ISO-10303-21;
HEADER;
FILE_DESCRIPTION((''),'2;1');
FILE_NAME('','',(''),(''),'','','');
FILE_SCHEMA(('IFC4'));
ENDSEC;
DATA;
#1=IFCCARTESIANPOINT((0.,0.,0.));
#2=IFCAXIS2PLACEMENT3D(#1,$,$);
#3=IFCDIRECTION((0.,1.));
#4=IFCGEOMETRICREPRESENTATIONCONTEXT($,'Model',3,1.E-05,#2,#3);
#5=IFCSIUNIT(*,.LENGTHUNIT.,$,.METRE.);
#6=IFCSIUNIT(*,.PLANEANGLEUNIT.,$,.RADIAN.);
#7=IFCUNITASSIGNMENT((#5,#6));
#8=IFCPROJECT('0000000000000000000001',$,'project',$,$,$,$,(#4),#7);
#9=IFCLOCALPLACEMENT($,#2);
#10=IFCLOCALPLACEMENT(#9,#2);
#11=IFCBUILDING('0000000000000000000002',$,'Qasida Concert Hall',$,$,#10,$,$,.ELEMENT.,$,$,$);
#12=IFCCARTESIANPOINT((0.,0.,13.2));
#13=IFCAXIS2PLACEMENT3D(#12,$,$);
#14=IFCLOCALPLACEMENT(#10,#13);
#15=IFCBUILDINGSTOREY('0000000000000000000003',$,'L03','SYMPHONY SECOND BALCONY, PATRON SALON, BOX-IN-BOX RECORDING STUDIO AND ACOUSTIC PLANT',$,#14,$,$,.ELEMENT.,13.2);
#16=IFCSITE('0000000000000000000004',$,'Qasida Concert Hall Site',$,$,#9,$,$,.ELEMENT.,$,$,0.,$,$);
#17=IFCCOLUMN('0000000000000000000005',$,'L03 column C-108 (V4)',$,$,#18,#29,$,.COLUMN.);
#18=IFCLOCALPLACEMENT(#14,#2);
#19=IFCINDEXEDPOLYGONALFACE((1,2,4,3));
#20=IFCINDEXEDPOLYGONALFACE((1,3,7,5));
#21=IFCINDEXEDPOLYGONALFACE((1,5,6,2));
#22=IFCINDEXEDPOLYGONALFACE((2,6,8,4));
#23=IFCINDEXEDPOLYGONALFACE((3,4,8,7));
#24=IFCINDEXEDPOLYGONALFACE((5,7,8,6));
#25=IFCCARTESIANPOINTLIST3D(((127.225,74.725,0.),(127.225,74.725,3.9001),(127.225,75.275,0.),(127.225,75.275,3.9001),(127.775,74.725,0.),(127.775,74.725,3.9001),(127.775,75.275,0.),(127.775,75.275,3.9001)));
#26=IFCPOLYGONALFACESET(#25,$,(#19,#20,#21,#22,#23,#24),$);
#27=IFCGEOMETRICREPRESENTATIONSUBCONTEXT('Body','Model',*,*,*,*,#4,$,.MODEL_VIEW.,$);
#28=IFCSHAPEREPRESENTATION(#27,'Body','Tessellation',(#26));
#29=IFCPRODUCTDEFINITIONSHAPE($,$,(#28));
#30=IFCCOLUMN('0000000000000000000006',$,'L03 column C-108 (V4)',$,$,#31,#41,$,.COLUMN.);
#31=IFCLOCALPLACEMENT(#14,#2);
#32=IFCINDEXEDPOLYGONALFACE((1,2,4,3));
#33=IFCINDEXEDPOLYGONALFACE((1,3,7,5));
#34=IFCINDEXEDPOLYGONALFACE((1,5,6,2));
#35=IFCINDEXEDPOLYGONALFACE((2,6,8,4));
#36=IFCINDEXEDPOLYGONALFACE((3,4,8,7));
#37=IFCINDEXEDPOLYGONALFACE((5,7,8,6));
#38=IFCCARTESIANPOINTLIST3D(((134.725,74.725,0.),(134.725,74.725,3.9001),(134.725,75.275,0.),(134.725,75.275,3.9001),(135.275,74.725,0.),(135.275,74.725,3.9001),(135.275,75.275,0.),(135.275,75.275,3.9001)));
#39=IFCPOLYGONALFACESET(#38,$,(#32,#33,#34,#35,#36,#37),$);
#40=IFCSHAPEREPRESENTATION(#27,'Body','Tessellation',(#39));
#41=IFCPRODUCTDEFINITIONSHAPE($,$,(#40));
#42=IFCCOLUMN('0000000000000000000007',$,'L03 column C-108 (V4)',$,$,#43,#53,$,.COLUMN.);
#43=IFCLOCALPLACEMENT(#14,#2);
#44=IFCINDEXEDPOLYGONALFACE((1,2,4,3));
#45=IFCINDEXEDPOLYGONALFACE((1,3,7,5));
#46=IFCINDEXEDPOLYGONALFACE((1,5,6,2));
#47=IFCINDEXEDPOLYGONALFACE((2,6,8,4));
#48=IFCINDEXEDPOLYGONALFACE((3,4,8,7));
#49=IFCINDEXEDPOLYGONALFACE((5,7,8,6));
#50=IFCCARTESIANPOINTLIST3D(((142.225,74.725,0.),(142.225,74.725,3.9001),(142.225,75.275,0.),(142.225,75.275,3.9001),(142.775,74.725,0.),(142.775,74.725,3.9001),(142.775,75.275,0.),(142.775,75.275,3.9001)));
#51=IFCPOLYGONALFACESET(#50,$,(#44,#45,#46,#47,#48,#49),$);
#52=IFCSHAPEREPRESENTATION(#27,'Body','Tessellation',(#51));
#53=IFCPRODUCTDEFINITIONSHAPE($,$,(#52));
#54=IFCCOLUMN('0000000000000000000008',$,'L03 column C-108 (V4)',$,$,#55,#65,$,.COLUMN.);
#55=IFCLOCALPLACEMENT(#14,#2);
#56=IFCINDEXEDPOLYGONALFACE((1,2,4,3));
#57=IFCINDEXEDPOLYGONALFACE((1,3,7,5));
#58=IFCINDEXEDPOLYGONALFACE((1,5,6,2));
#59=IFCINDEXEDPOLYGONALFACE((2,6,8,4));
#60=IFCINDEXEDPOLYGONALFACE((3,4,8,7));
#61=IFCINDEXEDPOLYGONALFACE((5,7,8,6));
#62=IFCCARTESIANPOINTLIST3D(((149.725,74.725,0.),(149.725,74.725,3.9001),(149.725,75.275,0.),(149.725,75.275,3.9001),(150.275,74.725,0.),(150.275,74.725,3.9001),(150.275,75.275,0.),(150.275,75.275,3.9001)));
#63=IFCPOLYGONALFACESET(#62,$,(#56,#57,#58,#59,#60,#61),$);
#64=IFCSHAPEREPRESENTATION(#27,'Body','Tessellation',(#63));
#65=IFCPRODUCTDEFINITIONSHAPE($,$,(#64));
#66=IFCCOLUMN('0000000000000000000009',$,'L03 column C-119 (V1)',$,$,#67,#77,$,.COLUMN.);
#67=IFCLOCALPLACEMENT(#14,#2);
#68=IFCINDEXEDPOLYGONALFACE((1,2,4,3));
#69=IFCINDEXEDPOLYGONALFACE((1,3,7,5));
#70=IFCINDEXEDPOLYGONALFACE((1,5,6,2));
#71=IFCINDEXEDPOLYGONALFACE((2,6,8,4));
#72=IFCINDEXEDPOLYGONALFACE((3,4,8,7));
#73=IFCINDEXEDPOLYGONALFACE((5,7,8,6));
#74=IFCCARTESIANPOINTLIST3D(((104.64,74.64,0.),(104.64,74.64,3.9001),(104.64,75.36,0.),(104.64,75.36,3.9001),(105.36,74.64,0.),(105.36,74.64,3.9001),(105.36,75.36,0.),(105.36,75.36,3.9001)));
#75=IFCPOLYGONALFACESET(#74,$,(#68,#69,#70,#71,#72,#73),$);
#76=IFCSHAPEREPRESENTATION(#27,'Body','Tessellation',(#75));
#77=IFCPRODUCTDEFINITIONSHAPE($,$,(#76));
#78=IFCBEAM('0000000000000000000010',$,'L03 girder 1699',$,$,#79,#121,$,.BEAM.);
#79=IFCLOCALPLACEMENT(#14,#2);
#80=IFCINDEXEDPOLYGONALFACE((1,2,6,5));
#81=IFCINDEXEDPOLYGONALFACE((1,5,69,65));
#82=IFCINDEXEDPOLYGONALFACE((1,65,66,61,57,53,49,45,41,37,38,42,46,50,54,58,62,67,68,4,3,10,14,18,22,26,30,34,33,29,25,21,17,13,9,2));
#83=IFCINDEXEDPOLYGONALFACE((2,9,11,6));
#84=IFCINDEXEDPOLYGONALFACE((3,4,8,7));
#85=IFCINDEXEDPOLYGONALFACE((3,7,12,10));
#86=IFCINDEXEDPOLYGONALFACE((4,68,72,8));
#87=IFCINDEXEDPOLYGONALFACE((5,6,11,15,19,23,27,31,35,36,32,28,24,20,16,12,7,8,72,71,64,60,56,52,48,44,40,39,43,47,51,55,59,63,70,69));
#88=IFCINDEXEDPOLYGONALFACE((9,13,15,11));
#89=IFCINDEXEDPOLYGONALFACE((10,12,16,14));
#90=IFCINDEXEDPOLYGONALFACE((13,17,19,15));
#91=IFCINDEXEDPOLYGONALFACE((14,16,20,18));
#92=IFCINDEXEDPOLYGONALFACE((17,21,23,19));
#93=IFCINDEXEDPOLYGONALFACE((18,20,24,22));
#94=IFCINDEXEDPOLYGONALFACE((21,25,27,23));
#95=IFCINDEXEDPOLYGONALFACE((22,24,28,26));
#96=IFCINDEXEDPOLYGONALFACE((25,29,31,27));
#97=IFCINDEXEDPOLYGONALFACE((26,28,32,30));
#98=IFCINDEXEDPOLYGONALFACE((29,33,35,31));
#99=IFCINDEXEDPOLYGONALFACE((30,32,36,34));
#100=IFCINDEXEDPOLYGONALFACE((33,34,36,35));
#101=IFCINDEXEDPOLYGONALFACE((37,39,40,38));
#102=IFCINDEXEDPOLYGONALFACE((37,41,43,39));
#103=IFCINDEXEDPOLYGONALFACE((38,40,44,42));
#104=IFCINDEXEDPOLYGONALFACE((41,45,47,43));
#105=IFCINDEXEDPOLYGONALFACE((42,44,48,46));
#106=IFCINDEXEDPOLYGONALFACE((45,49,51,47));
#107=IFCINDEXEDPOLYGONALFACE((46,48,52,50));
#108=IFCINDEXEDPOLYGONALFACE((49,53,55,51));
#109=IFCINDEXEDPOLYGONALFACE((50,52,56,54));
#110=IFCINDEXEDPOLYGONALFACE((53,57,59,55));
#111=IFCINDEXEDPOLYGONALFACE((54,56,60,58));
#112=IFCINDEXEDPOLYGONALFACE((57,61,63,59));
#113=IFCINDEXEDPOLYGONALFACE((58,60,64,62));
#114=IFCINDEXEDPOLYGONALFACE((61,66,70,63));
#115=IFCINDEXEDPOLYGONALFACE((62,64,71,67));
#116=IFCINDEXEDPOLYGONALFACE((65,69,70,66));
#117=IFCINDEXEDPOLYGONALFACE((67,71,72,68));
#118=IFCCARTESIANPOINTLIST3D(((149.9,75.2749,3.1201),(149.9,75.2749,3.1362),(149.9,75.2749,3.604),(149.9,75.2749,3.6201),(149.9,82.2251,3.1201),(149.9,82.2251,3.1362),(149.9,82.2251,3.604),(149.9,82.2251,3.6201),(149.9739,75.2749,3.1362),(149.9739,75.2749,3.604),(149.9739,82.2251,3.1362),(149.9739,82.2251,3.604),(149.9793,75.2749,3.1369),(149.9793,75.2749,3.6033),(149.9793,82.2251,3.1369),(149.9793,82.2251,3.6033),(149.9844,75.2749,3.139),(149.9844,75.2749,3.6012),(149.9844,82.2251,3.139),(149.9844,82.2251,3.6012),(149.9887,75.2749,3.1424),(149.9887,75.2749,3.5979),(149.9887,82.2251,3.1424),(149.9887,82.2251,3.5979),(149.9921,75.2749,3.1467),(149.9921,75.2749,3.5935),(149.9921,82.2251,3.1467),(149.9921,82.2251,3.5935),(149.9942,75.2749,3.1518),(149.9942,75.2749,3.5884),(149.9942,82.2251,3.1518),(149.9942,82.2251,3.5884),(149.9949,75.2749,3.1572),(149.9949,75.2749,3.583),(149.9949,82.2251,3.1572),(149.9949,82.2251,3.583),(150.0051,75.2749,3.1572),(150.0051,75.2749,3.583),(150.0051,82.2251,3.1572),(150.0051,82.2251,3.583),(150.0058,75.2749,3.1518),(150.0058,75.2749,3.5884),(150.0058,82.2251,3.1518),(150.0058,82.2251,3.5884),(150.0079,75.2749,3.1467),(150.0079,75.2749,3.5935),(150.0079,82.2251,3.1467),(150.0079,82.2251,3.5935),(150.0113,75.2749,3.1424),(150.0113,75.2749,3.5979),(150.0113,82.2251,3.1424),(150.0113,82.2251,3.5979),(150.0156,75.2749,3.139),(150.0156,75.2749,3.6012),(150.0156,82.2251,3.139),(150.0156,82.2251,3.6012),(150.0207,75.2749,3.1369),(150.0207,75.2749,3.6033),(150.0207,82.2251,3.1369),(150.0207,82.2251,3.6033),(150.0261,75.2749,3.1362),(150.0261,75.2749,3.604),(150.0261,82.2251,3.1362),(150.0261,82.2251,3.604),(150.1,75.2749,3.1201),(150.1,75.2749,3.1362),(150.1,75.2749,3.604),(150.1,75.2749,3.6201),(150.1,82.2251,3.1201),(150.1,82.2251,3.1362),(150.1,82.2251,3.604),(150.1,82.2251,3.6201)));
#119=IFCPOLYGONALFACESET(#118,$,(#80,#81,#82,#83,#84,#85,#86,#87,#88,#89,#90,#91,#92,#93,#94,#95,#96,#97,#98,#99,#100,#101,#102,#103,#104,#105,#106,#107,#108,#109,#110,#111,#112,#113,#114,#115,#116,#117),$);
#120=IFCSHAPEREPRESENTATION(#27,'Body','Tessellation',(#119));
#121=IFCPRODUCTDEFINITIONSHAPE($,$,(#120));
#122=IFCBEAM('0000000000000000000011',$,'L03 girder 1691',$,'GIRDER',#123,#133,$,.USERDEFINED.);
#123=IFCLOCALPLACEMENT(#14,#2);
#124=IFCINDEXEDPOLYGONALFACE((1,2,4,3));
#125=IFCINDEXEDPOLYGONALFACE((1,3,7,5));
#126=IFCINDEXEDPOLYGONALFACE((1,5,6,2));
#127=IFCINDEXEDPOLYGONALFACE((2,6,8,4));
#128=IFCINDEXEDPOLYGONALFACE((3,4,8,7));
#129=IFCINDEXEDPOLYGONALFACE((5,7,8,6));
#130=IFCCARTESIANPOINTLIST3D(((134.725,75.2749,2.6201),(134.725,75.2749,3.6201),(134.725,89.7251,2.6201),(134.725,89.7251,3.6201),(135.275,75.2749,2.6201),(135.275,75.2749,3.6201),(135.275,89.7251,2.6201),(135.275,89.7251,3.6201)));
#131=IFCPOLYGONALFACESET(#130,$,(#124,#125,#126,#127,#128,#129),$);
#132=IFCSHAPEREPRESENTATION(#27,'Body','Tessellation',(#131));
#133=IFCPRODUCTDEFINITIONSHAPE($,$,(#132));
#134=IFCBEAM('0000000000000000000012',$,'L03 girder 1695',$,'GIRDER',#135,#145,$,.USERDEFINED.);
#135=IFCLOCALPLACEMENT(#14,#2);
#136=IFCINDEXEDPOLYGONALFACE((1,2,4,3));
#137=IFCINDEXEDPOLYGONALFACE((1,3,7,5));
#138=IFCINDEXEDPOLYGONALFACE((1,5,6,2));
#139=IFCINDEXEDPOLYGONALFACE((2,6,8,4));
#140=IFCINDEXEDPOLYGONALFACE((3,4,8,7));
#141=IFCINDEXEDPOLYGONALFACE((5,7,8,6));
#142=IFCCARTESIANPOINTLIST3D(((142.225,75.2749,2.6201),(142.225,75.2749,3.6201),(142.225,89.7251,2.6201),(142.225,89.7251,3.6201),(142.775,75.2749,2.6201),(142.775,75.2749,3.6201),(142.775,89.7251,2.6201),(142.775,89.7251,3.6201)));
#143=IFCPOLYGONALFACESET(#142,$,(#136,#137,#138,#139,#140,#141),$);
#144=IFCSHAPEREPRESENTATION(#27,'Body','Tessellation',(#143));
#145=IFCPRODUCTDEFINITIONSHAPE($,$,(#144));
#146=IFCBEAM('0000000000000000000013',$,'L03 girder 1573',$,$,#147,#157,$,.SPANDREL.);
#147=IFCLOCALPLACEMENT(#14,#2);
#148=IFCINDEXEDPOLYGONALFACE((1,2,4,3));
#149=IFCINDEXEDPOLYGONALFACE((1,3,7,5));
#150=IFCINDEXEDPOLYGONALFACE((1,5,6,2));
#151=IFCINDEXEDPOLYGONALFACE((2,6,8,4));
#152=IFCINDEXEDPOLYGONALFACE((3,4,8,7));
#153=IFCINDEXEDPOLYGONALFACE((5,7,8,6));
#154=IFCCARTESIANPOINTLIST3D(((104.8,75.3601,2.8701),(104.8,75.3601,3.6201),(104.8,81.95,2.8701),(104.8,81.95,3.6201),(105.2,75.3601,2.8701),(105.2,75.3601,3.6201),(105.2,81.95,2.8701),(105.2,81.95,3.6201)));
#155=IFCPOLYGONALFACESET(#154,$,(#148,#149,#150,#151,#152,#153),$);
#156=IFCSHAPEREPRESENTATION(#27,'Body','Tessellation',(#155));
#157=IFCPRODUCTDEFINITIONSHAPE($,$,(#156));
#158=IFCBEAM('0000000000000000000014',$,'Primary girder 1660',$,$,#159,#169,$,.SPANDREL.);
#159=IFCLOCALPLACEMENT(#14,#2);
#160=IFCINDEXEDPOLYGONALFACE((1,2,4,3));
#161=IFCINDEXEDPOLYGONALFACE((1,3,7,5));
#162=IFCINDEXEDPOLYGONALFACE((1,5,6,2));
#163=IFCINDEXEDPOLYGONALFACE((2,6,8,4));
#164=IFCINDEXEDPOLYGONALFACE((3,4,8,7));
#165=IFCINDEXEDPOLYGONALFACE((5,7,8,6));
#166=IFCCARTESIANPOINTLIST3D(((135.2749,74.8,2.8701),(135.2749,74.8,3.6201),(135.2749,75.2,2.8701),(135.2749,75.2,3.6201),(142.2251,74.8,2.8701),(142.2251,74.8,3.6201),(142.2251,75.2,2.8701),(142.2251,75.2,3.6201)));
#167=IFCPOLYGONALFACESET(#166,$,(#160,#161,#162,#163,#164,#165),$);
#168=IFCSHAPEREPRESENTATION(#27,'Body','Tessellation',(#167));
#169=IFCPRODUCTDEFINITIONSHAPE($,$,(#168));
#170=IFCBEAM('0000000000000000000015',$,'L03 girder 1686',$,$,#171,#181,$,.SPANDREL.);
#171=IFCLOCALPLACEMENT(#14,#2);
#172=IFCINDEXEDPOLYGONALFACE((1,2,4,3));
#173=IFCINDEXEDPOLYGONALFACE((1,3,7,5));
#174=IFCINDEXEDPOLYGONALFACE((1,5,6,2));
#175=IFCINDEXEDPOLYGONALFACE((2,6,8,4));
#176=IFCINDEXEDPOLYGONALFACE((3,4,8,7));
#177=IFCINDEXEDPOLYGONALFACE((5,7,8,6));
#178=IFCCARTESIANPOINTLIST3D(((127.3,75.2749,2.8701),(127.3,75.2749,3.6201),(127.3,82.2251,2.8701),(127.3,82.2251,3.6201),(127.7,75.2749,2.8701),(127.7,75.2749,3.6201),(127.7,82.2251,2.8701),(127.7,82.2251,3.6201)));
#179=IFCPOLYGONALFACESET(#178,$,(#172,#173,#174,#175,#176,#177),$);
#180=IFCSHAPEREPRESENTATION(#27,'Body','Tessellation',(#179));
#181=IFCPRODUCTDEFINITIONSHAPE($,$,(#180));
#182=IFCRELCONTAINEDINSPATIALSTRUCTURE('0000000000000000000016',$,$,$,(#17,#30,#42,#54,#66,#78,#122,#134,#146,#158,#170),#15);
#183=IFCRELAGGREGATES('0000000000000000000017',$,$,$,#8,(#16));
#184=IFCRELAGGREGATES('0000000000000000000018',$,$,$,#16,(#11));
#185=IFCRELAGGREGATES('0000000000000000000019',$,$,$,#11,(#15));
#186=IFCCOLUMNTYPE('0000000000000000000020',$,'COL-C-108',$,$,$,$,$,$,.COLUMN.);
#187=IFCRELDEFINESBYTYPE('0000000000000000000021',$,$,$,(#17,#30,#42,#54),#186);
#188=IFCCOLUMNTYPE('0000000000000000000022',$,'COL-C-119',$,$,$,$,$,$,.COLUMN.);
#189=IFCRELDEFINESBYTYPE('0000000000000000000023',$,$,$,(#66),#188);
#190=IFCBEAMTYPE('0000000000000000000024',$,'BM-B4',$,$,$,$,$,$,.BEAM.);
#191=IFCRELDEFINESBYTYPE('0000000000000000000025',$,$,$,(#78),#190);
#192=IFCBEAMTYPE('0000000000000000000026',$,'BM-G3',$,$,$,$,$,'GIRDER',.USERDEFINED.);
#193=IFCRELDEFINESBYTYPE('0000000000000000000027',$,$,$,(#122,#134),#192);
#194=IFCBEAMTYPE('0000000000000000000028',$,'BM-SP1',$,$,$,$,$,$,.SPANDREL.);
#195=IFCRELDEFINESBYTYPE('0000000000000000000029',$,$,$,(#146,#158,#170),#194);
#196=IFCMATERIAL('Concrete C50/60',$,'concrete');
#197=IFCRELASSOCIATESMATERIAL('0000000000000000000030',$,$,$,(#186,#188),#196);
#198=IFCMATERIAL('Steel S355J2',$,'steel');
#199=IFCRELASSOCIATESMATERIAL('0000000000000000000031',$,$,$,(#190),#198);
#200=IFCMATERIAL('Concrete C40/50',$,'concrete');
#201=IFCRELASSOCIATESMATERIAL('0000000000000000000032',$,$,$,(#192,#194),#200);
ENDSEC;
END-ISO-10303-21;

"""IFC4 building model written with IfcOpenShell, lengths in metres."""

from ifc_helpers import new_model, si_unit, direction, frame, origin, origin_2d, place, context, subcontext, project, spatial, rectangle, i_section, extrude, material, material_profile, profile_set, type_object, element, save


model = new_model("IFC4")

# Units and contexts
model_context = context("Model", 3, precision=1e-05, world=origin(), true_north=direction((0.0, 1.0)))
body_context = subcontext(model_context, "Body", "Model", "MODEL_VIEW")
ifc_project = project(units=[si_unit("LENGTHUNIT", "METRE"), si_unit("PLANEANGLEUNIT", "RADIAN")], contexts=[model_context])

# Site, building, storey
site_placement = place(None, origin())
site = spatial("IfcSite", under=ifc_project, at=site_placement, Name="Qasida Concert Hall Site", CompositionType="ELEMENT", RefElevation=0.0)
building_placement = place(site_placement, origin())
building = spatial("IfcBuilding", under=site, at=building_placement, Name="Qasida Concert Hall", CompositionType="ELEMENT")
storey_placement = place(building_placement, frame((0.0, 0.0, 13.2)))
storey = spatial("IfcBuildingStorey", under=building, at=storey_placement, Name="L03", Description="SYMPHONY SECOND BALCONY, PATRON SALON, BOX-IN-BOX RECORDING STUDIO AND ACOUSTIC PLANT", CompositionType="ELEMENT", Elevation=13.2)

# Columns
ifc_material_1 = material(Name="Concrete C50/60", Category="concrete")
ifc_material_profile_1 = material_profile(ifc_material_1, rectangle(XDim=0.55, YDim=0.55, at=origin_2d()), Name="RC 550x550")
ifc_profile_set_1 = profile_set([ifc_material_profile_1], Name="Concrete C50/60")
column_type_1 = type_object("IfcColumnType", Name="COL-C-108", PredefinedType="COLUMN", material=ifc_profile_set_1)
for number, where, z_axis, x_axis, name in (
    (1, (127.5, 75.0, 0.0), (0.0, 0.0, 1.0), (1.0, 0.0, 0.0), "L03 column C-108 (V4)"),
    (2, (135.0, 75.0, 0.0), (0.0, 0.0, 1.0), (1.0, 0.0, 0.0), "L03 column C-108 (V4)"),
    (3, (142.5, 75.0, 0.0), (0.0, 0.0, 1.0), (1.0, 0.0, 0.0), "L03 column C-108 (V4)"),
    (4, (150.0, 75.0, 0.0), (0.0, 0.0, 1.0), (1.0, 0.0, 0.0), "L03 column C-108 (V4)"),
):
    element("IfcColumn", number, at=place(storey_placement, frame(where, z_axis=z_axis, x_axis=x_axis)), inside=storey, type_object=column_type_1, Name=name, PredefinedType="COLUMN", context=body_context, shape_type="SweptSolid", body=[
        extrude(rectangle(XDim=0.55, YDim=0.55, at=origin_2d()), origin(), (0.0, 0.0, 1.0), 3.9001),
    ])
ifc_material_profile_2 = material_profile(ifc_material_1, rectangle(XDim=0.72, YDim=0.72, at=origin_2d()), Name="RC 720x720")
ifc_profile_set_2 = profile_set([ifc_material_profile_2], Name="Concrete C50/60")
column_type_2 = type_object("IfcColumnType", Name="COL-C-119", PredefinedType="COLUMN", material=ifc_profile_set_2)
column_placement = place(storey_placement, frame((105.0, 75.0, 0.0), z_axis=(0.0, 0.0, 1.0), x_axis=(1.0, 0.0, 0.0)))
element("IfcColumn", 5, at=column_placement, inside=storey, type_object=column_type_2, Name="L03 column C-119 (V1)", PredefinedType="COLUMN", context=body_context, shape_type="SweptSolid", body=[
    extrude(rectangle(XDim=0.72, YDim=0.72, at=origin_2d()), origin(), (0.0, 0.0, 1.0), 3.9001),
])

# Beams
ifc_material_2 = material(Name="Steel S355J2", Category="steel")
ifc_material_profile_3 = material_profile(ifc_material_2, i_section(OverallWidth=0.2, OverallDepth=0.5, WebThickness=0.0103, FlangeThickness=0.0161, FilletRadius=0.021, at=origin_2d()), Name="IPE 500")
ifc_profile_set_3 = profile_set([ifc_material_profile_3], Name="Steel S355J2")
beam_type_1 = type_object("IfcBeamType", Name="BM-B4", PredefinedType="BEAM", material=ifc_profile_set_3)
beam_1_placement = place(storey_placement, frame((150.0, 75.2749, 3.3701), z_axis=(0.0, 1.0, 0.0), x_axis=(-1.0, 0.0, 0.0)))
element("IfcBeam", 6, at=beam_1_placement, inside=storey, type_object=beam_type_1, Name="L03 girder 1699", PredefinedType="BEAM", context=body_context, shape_type="SweptSolid", body=[
    extrude(i_section(OverallWidth=0.2, OverallDepth=0.5, WebThickness=0.0103, FlangeThickness=0.0161, FilletRadius=0.021, at=origin_2d()), origin(), (0.0, 0.0, 1.0), 6.9502),
])
ifc_material_3 = material(Name="Concrete C40/50", Category="concrete")
ifc_material_profile_4 = material_profile(ifc_material_3, rectangle(XDim=0.55, YDim=1.0, at=origin_2d()), Name="RC 550x1000")
ifc_profile_set_4 = profile_set([ifc_material_profile_4], Name="Concrete C40/50")
beam_type_2 = type_object("IfcBeamType", Name="BM-G3", ElementType="GIRDER", PredefinedType="USERDEFINED", material=ifc_profile_set_4)
for number, where, z_axis, x_axis, name in (
    (7, (135.0, 75.2749, 3.1201), (0.0, 1.0, 0.0), (-1.0, 0.0, 0.0), "L03 girder 1691"),
    (8, (142.5, 75.2749, 3.1201), (0.0, 1.0, 0.0), (-1.0, 0.0, 0.0), "L03 girder 1695"),
):
    element("IfcBeam", number, at=place(storey_placement, frame(where, z_axis=z_axis, x_axis=x_axis)), inside=storey, type_object=beam_type_2, Name=name, ObjectType="GIRDER", PredefinedType="USERDEFINED", context=body_context, shape_type="SweptSolid", body=[
        extrude(rectangle(XDim=0.55, YDim=1.0, at=origin_2d()), origin(), (0.0, 0.0, 1.0), 14.4502),
    ])
ifc_material_profile_5 = material_profile(ifc_material_3, rectangle(XDim=0.3999, YDim=0.75, at=origin_2d()), Name="RC 400x750")
ifc_profile_set_5 = profile_set([ifc_material_profile_5], Name="Concrete C40/50")
beam_type_3 = type_object("IfcBeamType", Name="BM-SP1", PredefinedType="SPANDREL", material=ifc_profile_set_5)
beam_2_placement = place(storey_placement, frame((105.0, 75.3601, 3.2451), z_axis=(0.0, 1.0, 0.0), x_axis=(-1.0, 0.0, 0.0)))
element("IfcBeam", 9, at=beam_2_placement, inside=storey, type_object=beam_type_3, Name="L03 girder 1573", PredefinedType="SPANDREL", context=body_context, shape_type="SweptSolid", body=[
    extrude(rectangle(XDim=0.3999, YDim=0.75, at=origin_2d()), origin(), (0.0, 0.0, 1.0), 6.5898),
])
for number, where, z_axis, x_axis, name in (
    (10, (135.2749, 75.0, 3.2451), (1.0, 0.0, 0.0), (0.0, 1.0, 0.0), "Primary girder 1660"),
    (11, (127.5, 75.2749, 3.2451), (0.0, 1.0, 0.0), (-1.0, 0.0, 0.0), "L03 girder 1686"),
):
    element("IfcBeam", number, at=place(storey_placement, frame(where, z_axis=z_axis, x_axis=x_axis)), inside=storey, type_object=beam_type_3, Name=name, PredefinedType="SPANDREL", context=body_context, shape_type="SweptSolid", body=[
        extrude(rectangle(XDim=0.3999, YDim=0.75, at=origin_2d()), origin(), (0.0, 0.0, 1.0), 6.9502),
    ])

save(model, "model.ifc")
